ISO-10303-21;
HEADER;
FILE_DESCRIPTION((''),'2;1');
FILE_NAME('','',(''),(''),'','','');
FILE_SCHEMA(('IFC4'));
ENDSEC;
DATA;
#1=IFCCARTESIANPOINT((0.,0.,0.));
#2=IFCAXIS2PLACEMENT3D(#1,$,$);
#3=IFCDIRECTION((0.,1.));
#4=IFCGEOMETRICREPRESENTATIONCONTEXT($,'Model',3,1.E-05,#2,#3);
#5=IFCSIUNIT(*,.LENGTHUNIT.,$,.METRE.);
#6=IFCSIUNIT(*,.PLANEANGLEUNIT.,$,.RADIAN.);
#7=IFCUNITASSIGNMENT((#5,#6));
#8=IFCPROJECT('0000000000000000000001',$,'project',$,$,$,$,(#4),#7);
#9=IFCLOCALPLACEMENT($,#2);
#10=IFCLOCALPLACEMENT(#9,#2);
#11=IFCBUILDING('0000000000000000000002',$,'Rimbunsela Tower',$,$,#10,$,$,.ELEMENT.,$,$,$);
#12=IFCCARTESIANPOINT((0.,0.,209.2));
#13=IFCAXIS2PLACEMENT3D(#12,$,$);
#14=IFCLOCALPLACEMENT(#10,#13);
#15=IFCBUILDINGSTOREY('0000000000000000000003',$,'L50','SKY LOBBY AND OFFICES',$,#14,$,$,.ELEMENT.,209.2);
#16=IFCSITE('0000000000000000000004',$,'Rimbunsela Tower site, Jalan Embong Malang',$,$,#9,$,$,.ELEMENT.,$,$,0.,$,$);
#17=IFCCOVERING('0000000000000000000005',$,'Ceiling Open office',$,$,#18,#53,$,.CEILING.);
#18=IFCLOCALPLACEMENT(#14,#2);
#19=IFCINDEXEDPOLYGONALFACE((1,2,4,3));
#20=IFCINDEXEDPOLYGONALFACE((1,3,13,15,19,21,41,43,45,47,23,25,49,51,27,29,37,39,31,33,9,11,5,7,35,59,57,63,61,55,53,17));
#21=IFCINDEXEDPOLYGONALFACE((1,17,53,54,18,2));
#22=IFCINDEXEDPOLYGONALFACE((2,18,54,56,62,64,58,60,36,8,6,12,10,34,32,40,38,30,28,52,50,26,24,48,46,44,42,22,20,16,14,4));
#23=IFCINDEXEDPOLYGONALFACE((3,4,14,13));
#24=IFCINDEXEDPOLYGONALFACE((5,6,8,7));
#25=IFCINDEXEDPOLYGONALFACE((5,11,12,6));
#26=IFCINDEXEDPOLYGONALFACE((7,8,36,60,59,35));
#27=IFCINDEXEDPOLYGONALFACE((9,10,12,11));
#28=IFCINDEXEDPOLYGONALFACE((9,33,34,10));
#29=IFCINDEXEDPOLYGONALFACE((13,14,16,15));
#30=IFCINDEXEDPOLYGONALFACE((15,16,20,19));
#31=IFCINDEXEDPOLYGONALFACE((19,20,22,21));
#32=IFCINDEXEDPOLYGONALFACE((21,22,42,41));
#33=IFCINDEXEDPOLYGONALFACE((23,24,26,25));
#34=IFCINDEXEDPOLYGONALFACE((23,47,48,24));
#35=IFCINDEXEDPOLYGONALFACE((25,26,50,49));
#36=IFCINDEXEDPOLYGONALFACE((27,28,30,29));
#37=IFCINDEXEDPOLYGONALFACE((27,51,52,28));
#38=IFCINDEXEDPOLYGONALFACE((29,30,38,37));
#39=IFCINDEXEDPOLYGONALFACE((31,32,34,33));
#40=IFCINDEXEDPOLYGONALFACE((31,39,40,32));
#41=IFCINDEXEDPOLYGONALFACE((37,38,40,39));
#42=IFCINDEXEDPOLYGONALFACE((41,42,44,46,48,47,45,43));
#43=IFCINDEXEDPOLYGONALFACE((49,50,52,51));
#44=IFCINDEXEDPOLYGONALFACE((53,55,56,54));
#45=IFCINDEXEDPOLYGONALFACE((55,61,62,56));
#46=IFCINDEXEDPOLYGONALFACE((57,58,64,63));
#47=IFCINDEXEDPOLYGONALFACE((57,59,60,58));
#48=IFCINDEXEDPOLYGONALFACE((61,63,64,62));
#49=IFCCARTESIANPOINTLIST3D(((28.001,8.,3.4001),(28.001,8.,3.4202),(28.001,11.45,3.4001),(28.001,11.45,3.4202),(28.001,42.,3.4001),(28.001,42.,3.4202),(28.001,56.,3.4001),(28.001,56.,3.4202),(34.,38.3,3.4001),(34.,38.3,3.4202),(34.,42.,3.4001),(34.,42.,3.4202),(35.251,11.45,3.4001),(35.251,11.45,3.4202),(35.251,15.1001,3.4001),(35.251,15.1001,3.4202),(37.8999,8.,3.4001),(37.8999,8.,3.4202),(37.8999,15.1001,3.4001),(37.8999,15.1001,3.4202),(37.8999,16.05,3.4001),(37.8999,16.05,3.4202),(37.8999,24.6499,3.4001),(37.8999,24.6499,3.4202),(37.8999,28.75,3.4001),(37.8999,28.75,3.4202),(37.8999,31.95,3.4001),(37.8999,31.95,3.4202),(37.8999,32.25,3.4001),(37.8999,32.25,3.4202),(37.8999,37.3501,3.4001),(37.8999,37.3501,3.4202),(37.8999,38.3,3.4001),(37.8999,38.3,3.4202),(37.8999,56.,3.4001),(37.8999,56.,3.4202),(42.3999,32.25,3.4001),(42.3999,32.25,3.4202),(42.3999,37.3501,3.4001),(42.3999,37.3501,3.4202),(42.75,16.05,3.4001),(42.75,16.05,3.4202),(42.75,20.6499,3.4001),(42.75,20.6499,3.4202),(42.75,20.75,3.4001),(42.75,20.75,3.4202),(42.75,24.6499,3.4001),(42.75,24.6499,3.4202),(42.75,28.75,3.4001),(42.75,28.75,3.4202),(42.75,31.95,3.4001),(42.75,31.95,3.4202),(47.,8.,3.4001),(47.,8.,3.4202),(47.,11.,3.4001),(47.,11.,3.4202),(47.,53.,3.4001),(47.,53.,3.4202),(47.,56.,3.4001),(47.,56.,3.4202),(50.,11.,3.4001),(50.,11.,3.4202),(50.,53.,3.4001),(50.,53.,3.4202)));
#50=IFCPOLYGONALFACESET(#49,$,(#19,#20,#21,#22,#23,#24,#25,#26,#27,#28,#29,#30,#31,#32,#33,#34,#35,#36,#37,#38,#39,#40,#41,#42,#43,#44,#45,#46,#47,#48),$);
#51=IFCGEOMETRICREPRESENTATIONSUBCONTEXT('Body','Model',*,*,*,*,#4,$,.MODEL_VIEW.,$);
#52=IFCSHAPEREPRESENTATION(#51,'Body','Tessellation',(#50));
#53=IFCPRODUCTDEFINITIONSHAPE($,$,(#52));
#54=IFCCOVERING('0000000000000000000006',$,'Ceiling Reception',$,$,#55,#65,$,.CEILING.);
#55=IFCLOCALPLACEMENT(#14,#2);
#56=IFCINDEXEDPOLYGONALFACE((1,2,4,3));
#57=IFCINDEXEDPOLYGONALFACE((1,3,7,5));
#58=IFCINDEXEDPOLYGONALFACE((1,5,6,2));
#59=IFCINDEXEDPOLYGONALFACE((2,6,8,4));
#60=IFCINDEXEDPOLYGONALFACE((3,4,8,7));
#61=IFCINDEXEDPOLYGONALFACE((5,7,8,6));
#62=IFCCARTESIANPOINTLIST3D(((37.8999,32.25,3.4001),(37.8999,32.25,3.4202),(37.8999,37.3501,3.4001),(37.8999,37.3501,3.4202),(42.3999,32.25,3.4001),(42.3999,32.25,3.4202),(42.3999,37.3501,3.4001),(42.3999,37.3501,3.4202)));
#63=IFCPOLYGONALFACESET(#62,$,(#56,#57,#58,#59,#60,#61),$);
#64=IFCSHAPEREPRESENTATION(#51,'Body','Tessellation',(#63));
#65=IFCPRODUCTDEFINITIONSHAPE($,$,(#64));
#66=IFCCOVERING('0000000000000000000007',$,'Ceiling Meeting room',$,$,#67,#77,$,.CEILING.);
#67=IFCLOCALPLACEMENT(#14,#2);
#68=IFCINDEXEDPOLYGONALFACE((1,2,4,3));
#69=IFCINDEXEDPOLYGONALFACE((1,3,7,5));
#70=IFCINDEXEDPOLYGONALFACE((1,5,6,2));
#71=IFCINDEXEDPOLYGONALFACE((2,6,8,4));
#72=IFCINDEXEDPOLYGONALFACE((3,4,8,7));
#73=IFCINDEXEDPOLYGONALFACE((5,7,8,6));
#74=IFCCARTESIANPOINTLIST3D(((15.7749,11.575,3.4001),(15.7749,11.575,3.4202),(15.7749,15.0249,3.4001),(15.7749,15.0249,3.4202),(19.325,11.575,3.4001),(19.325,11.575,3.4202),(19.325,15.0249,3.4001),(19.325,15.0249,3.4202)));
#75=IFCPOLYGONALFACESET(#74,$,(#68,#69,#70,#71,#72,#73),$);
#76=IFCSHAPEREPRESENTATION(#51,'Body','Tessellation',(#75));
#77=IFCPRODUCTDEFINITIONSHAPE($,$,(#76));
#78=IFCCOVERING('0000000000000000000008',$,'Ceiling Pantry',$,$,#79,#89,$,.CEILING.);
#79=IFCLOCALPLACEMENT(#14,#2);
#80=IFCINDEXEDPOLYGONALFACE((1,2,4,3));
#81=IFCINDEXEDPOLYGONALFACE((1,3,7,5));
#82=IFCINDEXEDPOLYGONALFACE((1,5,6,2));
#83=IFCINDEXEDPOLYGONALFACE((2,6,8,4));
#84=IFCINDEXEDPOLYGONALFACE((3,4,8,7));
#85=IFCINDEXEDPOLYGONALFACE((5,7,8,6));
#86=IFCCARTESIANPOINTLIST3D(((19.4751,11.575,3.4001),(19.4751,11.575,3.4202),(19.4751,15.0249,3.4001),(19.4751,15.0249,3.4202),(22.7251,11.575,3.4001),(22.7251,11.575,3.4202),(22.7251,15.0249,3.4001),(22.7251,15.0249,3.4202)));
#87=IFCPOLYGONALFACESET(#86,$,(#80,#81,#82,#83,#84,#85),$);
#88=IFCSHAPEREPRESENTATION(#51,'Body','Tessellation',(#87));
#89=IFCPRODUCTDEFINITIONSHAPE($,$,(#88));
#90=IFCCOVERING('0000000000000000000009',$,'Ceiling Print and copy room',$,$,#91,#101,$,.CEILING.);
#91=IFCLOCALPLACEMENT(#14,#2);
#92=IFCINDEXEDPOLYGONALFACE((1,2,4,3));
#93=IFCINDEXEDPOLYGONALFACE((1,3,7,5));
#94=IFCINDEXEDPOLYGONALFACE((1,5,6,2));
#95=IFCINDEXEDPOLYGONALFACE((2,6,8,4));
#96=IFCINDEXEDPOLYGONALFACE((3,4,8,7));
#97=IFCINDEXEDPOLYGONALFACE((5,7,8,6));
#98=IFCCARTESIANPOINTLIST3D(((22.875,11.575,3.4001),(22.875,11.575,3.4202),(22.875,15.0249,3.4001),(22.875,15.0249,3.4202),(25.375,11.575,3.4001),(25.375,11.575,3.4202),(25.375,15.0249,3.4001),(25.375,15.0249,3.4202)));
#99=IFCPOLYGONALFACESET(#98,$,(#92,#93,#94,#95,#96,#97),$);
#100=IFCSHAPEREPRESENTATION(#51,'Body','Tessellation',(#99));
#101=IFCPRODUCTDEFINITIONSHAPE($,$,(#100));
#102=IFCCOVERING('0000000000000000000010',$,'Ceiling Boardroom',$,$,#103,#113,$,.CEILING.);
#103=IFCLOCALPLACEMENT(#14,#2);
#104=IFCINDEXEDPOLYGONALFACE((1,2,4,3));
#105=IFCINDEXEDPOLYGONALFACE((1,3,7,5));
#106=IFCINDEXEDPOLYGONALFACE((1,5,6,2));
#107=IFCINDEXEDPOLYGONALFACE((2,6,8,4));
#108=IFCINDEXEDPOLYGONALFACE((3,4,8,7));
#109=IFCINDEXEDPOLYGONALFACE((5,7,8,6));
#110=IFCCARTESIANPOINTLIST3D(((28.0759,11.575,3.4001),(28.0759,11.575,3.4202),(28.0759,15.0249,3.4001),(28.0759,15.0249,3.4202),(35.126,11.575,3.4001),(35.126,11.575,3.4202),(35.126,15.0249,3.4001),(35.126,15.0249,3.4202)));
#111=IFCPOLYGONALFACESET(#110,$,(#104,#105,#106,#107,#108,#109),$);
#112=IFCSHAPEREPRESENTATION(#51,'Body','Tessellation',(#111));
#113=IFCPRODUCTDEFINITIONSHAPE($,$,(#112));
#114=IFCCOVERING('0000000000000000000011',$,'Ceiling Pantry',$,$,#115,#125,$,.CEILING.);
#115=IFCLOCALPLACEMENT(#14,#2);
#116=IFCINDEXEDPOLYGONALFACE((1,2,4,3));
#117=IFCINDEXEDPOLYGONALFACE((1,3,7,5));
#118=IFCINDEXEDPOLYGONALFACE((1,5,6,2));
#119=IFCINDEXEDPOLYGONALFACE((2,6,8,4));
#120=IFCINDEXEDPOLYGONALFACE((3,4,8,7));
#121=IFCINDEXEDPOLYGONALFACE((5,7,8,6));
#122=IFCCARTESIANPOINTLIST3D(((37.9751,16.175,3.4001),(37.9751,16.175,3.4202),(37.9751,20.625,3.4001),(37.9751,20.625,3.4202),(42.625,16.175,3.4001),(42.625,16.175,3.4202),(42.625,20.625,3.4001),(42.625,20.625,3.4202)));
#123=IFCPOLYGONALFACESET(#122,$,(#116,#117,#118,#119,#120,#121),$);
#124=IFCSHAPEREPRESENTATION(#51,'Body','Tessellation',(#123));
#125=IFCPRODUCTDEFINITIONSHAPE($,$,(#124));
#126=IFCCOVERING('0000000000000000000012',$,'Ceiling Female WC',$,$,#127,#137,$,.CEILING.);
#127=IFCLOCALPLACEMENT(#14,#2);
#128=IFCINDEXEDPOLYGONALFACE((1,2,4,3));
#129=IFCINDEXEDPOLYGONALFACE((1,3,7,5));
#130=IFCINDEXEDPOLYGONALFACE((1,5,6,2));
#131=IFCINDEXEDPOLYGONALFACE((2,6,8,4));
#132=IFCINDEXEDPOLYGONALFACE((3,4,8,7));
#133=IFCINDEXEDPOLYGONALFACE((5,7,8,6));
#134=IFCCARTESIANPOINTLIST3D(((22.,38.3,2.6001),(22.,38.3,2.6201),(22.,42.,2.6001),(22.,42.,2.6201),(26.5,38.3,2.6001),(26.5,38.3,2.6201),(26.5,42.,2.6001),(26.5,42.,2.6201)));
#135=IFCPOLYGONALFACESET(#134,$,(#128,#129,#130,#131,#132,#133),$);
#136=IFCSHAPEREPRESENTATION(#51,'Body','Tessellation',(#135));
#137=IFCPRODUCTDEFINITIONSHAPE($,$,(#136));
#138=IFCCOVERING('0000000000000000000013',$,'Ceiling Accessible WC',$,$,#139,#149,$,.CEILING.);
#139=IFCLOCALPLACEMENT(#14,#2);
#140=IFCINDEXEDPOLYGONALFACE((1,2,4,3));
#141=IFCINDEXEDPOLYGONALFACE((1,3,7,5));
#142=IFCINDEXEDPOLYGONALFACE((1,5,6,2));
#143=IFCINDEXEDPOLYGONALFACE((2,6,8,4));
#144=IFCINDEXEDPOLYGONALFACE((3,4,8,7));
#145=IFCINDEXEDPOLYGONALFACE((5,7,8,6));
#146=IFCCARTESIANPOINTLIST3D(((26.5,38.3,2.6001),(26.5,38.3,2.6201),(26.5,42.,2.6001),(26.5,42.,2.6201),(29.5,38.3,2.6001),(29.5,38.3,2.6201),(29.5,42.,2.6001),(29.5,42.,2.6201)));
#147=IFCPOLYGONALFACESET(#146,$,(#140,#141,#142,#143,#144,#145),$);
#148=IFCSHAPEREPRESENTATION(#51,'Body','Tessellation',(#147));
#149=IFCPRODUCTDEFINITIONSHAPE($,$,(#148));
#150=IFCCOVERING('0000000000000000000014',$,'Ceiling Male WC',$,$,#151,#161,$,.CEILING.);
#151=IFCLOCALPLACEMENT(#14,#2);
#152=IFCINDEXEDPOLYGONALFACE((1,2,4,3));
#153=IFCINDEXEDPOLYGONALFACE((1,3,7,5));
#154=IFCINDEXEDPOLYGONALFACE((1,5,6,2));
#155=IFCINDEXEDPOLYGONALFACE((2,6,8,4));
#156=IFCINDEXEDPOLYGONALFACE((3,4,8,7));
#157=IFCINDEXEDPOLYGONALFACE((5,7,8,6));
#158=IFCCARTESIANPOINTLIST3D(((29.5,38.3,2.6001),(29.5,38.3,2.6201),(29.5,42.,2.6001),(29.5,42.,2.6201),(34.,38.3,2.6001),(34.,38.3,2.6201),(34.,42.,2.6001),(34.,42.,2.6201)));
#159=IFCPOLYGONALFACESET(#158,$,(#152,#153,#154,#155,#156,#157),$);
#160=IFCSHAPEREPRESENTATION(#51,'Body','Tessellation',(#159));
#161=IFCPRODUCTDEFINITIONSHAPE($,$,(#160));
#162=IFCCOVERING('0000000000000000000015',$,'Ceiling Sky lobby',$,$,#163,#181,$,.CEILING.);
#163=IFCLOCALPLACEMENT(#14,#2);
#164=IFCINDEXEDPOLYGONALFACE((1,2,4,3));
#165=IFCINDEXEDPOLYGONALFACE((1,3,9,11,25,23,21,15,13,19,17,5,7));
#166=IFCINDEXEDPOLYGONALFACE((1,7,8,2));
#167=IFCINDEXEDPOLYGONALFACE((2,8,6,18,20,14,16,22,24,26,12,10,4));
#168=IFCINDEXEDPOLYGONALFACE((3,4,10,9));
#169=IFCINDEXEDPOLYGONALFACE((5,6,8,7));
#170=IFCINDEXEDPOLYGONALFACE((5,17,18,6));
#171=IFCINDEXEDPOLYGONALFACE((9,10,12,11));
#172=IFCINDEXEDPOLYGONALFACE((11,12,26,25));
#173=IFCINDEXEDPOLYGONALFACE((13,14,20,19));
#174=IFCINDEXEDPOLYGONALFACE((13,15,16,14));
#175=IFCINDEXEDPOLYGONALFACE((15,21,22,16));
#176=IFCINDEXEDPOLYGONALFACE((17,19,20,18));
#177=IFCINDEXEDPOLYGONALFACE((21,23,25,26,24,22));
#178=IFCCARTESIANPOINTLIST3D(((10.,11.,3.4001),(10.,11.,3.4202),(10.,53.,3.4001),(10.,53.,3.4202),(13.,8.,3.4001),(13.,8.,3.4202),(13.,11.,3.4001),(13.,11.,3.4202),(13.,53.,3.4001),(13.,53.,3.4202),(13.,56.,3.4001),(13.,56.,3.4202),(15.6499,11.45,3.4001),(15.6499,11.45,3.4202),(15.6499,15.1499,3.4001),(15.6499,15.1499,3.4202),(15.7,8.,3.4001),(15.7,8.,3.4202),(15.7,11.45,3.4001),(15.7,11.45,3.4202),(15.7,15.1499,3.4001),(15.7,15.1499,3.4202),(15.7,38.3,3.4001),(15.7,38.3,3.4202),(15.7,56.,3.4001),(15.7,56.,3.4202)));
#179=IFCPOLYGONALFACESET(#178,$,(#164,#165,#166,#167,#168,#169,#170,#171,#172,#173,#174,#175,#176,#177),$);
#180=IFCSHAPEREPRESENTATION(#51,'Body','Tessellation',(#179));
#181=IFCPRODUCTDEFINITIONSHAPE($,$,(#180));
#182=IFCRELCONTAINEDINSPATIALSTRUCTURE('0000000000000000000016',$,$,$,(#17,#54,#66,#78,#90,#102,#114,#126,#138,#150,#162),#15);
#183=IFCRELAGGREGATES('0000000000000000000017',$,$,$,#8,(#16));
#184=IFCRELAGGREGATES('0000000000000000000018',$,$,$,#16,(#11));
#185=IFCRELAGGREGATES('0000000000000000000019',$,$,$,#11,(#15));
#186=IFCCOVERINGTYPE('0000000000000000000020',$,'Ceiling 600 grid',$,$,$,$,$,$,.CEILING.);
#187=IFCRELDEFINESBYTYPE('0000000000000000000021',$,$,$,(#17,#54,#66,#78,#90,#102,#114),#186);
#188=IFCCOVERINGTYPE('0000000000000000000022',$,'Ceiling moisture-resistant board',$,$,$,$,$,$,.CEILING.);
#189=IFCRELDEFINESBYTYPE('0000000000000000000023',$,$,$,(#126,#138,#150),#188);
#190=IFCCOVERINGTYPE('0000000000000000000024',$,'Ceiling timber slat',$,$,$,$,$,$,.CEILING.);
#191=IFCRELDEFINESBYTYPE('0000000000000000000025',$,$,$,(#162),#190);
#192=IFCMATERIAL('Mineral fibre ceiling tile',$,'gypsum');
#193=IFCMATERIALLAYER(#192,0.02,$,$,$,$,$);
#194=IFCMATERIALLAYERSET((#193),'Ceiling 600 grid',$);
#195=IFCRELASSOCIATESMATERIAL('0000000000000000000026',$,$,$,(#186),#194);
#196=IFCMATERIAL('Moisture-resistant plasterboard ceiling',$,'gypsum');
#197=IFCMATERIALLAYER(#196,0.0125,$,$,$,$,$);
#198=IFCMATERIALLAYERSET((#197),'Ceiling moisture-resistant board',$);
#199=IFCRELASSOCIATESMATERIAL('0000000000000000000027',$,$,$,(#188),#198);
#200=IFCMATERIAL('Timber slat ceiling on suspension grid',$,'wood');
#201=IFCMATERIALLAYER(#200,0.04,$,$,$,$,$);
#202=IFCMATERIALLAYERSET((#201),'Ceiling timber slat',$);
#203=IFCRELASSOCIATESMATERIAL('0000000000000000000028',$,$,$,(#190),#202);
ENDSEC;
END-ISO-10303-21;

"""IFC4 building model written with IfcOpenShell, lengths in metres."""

from ifc_helpers import new_model, si_unit, direction, frame, origin, place, context, subcontext, project, spatial, polyline, outline, extrude, material, layer, layer_set, type_object, element, save


model = new_model("IFC4")

# Units and contexts
model_context = context("Model", 3, precision=1e-05, world=origin(), true_north=direction((0.0, 1.0)))
body_context = subcontext(model_context, "Body", "Model", "MODEL_VIEW")
ifc_project = project(units=[si_unit("LENGTHUNIT", "METRE"), si_unit("PLANEANGLEUNIT", "RADIAN")], contexts=[model_context])

# Site, building, storey
site_placement = place(None, origin())
site = spatial("IfcSite", under=ifc_project, at=site_placement, Name="Rimbunsela Tower site, Jalan Embong Malang", CompositionType="ELEMENT", RefElevation=0.0)
building_placement = place(site_placement, origin())
building = spatial("IfcBuilding", under=site, at=building_placement, Name="Rimbunsela Tower", CompositionType="ELEMENT")
storey_placement = place(building_placement, frame((0.0, 0.0, 209.2)))
storey = spatial("IfcBuildingStorey", under=building, at=storey_placement, Name="L50", Description="SKY LOBBY AND OFFICES", CompositionType="ELEMENT", Elevation=209.2)

# Coverings
ifc_material_1 = material(Name="Mineral fibre ceiling tile", Category="gypsum")
ifc_layer_1 = layer(ifc_material_1, 0.02)
ifc_layer_set_1 = layer_set([ifc_layer_1], Name="Ceiling 600 grid")
covering_type_1 = type_object("IfcCoveringType", Name="Ceiling 600 grid", PredefinedType="CEILING", material=ifc_layer_set_1)
covering_1_placement = place(storey_placement, frame((0.0, 0.0, 3.4001)))
element("IfcCovering", 1, at=covering_1_placement, inside=storey, type_object=covering_type_1, Name="Ceiling Open office", PredefinedType="CEILING", context=body_context, shape_type="SweptSolid", body=[
    extrude(outline(polyline([(28.001, 11.45), (35.251, 11.45), (35.251, 15.1001), (37.8999, 15.1001), (37.8999, 16.05), (42.75, 16.05), (42.75, 20.6499), (42.75, 20.75), (42.75, 24.6499), (37.8999, 24.6499), (37.8999, 28.75), (42.75, 28.75), (42.75, 31.95), (37.8999, 31.95), (37.8999, 32.25), (42.3999, 32.25), (42.3999, 37.3501), (37.8999, 37.3501), (37.8999, 38.3), (34.0, 38.3), (34.0, 42.0), (28.001, 42.0), (28.001, 56.0), (37.8999, 56.0), (47.0, 56.0), (47.0, 53.0), (50.0, 53.0), (50.0, 11.0), (47.0, 11.0), (47.0, 8.0), (37.8999, 8.0), (28.001, 8.0), (28.001, 11.45)])), origin(), (0.0, 0.0, 1.0), 0.02),
])
covering_2_placement = place(storey_placement, frame((0.0, 0.0, 3.4001)))
element("IfcCovering", 2, at=covering_2_placement, inside=storey, type_object=covering_type_1, Name="Ceiling Reception", PredefinedType="CEILING", context=body_context, shape_type="SweptSolid", body=[
    extrude(outline(polyline([(42.3999, 32.25), (42.3999, 37.3501), (37.8999, 37.3501), (37.8999, 32.25), (42.3999, 32.25)])), origin(), (0.0, 0.0, 1.0), 0.02),
])
covering_3_placement = place(storey_placement, frame((0.0, 0.0, 3.4001)))
element("IfcCovering", 3, at=covering_3_placement, inside=storey, type_object=covering_type_1, Name="Ceiling Meeting room", PredefinedType="CEILING", context=body_context, shape_type="SweptSolid", body=[
    extrude(outline(polyline([(19.325, 11.575), (19.325, 15.0249), (15.7749, 15.0249), (15.7749, 11.575), (19.325, 11.575)])), origin(), (0.0, 0.0, 1.0), 0.02),
])
covering_4_placement = place(storey_placement, frame((0.0, 0.0, 3.4001)))
element("IfcCovering", 4, at=covering_4_placement, inside=storey, type_object=covering_type_1, Name="Ceiling Pantry", PredefinedType="CEILING", context=body_context, shape_type="SweptSolid", body=[
    extrude(outline(polyline([(22.7251, 11.575), (22.7251, 15.0249), (19.4751, 15.0249), (19.4751, 11.575), (22.7251, 11.575)])), origin(), (0.0, 0.0, 1.0), 0.02),
])
covering_5_placement = place(storey_placement, frame((0.0, 0.0, 3.4001)))
element("IfcCovering", 5, at=covering_5_placement, inside=storey, type_object=covering_type_1, Name="Ceiling Print and copy room", PredefinedType="CEILING", context=body_context, shape_type="SweptSolid", body=[
    extrude(outline(polyline([(25.375, 11.575), (25.375, 15.0249), (22.875, 15.0249), (22.875, 11.575), (25.375, 11.575)])), origin(), (0.0, 0.0, 1.0), 0.02),
])
covering_6_placement = place(storey_placement, frame((0.0, 0.0, 3.4001)))
element("IfcCovering", 6, at=covering_6_placement, inside=storey, type_object=covering_type_1, Name="Ceiling Boardroom", PredefinedType="CEILING", context=body_context, shape_type="SweptSolid", body=[
    extrude(outline(polyline([(35.126, 11.575), (35.126, 15.0249), (28.0759, 15.0249), (28.0759, 11.575), (35.126, 11.575)])), origin(), (0.0, 0.0, 1.0), 0.02),
])
covering_7_placement = place(storey_placement, frame((0.0, 0.0, 3.4001)))
element("IfcCovering", 7, at=covering_7_placement, inside=storey, type_object=covering_type_1, Name="Ceiling Pantry", PredefinedType="CEILING", context=body_context, shape_type="SweptSolid", body=[
    extrude(outline(polyline([(42.625, 16.175), (42.625, 20.625), (37.9751, 20.625), (37.9751, 16.175), (42.625, 16.175)])), origin(), (0.0, 0.0, 1.0), 0.02),
])
ifc_material_2 = material(Name="Moisture-resistant plasterboard ceiling", Category="gypsum")
ifc_layer_2 = layer(ifc_material_2, 0.0125)
ifc_layer_set_2 = layer_set([ifc_layer_2], Name="Ceiling moisture-resistant board")
covering_type_2 = type_object("IfcCoveringType", Name="Ceiling moisture-resistant board", PredefinedType="CEILING", material=ifc_layer_set_2)
covering_8_placement = place(storey_placement, frame((0.0, 0.0, 2.6001)))
element("IfcCovering", 8, at=covering_8_placement, inside=storey, type_object=covering_type_2, Name="Ceiling Female WC", PredefinedType="CEILING", context=body_context, shape_type="SweptSolid", body=[
    extrude(outline(polyline([(26.5, 38.3), (26.5, 42.0), (22.0, 42.0), (22.0, 38.3), (26.5, 38.3)])), origin(), (0.0, 0.0, 1.0), 0.02),
])
covering_9_placement = place(storey_placement, frame((0.0, 0.0, 2.6001)))
element("IfcCovering", 9, at=covering_9_placement, inside=storey, type_object=covering_type_2, Name="Ceiling Accessible WC", PredefinedType="CEILING", context=body_context, shape_type="SweptSolid", body=[
    extrude(outline(polyline([(29.5, 38.3), (29.5, 42.0), (26.5, 42.0), (26.5, 38.3), (29.5, 38.3)])), origin(), (0.0, 0.0, 1.0), 0.02),
])
covering_10_placement = place(storey_placement, frame((0.0, 0.0, 2.6001)))
element("IfcCovering", 10, at=covering_10_placement, inside=storey, type_object=covering_type_2, Name="Ceiling Male WC", PredefinedType="CEILING", context=body_context, shape_type="SweptSolid", body=[
    extrude(outline(polyline([(34.0, 38.3), (34.0, 42.0), (29.5, 42.0), (29.5, 38.3), (34.0, 38.3)])), origin(), (0.0, 0.0, 1.0), 0.02),
])
ifc_material_3 = material(Name="Timber slat ceiling on suspension grid", Category="wood")
ifc_layer_3 = layer(ifc_material_3, 0.04)
ifc_layer_set_3 = layer_set([ifc_layer_3], Name="Ceiling timber slat")
covering_type_3 = type_object("IfcCoveringType", Name="Ceiling timber slat", PredefinedType="CEILING", material=ifc_layer_set_3)
covering_11_placement = place(storey_placement, frame((0.0, 0.0, 3.4001)))
element("IfcCovering", 11, at=covering_11_placement, inside=storey, type_object=covering_type_3, Name="Ceiling Sky lobby", PredefinedType="CEILING", context=body_context, shape_type="SweptSolid", body=[
    extrude(outline(polyline([(15.7, 56.0), (15.7, 38.3), (15.7, 15.1499), (15.6499, 15.1499), (15.6499, 11.45), (15.7, 11.45), (15.7, 8.0), (13.0, 8.0), (13.0, 11.0), (10.0, 11.0), (10.0, 53.0), (13.0, 53.0), (13.0, 56.0), (15.7, 56.0)])), origin(), (0.0, 0.0, 1.0), 0.02),
])

save(model, "model.ifc")
